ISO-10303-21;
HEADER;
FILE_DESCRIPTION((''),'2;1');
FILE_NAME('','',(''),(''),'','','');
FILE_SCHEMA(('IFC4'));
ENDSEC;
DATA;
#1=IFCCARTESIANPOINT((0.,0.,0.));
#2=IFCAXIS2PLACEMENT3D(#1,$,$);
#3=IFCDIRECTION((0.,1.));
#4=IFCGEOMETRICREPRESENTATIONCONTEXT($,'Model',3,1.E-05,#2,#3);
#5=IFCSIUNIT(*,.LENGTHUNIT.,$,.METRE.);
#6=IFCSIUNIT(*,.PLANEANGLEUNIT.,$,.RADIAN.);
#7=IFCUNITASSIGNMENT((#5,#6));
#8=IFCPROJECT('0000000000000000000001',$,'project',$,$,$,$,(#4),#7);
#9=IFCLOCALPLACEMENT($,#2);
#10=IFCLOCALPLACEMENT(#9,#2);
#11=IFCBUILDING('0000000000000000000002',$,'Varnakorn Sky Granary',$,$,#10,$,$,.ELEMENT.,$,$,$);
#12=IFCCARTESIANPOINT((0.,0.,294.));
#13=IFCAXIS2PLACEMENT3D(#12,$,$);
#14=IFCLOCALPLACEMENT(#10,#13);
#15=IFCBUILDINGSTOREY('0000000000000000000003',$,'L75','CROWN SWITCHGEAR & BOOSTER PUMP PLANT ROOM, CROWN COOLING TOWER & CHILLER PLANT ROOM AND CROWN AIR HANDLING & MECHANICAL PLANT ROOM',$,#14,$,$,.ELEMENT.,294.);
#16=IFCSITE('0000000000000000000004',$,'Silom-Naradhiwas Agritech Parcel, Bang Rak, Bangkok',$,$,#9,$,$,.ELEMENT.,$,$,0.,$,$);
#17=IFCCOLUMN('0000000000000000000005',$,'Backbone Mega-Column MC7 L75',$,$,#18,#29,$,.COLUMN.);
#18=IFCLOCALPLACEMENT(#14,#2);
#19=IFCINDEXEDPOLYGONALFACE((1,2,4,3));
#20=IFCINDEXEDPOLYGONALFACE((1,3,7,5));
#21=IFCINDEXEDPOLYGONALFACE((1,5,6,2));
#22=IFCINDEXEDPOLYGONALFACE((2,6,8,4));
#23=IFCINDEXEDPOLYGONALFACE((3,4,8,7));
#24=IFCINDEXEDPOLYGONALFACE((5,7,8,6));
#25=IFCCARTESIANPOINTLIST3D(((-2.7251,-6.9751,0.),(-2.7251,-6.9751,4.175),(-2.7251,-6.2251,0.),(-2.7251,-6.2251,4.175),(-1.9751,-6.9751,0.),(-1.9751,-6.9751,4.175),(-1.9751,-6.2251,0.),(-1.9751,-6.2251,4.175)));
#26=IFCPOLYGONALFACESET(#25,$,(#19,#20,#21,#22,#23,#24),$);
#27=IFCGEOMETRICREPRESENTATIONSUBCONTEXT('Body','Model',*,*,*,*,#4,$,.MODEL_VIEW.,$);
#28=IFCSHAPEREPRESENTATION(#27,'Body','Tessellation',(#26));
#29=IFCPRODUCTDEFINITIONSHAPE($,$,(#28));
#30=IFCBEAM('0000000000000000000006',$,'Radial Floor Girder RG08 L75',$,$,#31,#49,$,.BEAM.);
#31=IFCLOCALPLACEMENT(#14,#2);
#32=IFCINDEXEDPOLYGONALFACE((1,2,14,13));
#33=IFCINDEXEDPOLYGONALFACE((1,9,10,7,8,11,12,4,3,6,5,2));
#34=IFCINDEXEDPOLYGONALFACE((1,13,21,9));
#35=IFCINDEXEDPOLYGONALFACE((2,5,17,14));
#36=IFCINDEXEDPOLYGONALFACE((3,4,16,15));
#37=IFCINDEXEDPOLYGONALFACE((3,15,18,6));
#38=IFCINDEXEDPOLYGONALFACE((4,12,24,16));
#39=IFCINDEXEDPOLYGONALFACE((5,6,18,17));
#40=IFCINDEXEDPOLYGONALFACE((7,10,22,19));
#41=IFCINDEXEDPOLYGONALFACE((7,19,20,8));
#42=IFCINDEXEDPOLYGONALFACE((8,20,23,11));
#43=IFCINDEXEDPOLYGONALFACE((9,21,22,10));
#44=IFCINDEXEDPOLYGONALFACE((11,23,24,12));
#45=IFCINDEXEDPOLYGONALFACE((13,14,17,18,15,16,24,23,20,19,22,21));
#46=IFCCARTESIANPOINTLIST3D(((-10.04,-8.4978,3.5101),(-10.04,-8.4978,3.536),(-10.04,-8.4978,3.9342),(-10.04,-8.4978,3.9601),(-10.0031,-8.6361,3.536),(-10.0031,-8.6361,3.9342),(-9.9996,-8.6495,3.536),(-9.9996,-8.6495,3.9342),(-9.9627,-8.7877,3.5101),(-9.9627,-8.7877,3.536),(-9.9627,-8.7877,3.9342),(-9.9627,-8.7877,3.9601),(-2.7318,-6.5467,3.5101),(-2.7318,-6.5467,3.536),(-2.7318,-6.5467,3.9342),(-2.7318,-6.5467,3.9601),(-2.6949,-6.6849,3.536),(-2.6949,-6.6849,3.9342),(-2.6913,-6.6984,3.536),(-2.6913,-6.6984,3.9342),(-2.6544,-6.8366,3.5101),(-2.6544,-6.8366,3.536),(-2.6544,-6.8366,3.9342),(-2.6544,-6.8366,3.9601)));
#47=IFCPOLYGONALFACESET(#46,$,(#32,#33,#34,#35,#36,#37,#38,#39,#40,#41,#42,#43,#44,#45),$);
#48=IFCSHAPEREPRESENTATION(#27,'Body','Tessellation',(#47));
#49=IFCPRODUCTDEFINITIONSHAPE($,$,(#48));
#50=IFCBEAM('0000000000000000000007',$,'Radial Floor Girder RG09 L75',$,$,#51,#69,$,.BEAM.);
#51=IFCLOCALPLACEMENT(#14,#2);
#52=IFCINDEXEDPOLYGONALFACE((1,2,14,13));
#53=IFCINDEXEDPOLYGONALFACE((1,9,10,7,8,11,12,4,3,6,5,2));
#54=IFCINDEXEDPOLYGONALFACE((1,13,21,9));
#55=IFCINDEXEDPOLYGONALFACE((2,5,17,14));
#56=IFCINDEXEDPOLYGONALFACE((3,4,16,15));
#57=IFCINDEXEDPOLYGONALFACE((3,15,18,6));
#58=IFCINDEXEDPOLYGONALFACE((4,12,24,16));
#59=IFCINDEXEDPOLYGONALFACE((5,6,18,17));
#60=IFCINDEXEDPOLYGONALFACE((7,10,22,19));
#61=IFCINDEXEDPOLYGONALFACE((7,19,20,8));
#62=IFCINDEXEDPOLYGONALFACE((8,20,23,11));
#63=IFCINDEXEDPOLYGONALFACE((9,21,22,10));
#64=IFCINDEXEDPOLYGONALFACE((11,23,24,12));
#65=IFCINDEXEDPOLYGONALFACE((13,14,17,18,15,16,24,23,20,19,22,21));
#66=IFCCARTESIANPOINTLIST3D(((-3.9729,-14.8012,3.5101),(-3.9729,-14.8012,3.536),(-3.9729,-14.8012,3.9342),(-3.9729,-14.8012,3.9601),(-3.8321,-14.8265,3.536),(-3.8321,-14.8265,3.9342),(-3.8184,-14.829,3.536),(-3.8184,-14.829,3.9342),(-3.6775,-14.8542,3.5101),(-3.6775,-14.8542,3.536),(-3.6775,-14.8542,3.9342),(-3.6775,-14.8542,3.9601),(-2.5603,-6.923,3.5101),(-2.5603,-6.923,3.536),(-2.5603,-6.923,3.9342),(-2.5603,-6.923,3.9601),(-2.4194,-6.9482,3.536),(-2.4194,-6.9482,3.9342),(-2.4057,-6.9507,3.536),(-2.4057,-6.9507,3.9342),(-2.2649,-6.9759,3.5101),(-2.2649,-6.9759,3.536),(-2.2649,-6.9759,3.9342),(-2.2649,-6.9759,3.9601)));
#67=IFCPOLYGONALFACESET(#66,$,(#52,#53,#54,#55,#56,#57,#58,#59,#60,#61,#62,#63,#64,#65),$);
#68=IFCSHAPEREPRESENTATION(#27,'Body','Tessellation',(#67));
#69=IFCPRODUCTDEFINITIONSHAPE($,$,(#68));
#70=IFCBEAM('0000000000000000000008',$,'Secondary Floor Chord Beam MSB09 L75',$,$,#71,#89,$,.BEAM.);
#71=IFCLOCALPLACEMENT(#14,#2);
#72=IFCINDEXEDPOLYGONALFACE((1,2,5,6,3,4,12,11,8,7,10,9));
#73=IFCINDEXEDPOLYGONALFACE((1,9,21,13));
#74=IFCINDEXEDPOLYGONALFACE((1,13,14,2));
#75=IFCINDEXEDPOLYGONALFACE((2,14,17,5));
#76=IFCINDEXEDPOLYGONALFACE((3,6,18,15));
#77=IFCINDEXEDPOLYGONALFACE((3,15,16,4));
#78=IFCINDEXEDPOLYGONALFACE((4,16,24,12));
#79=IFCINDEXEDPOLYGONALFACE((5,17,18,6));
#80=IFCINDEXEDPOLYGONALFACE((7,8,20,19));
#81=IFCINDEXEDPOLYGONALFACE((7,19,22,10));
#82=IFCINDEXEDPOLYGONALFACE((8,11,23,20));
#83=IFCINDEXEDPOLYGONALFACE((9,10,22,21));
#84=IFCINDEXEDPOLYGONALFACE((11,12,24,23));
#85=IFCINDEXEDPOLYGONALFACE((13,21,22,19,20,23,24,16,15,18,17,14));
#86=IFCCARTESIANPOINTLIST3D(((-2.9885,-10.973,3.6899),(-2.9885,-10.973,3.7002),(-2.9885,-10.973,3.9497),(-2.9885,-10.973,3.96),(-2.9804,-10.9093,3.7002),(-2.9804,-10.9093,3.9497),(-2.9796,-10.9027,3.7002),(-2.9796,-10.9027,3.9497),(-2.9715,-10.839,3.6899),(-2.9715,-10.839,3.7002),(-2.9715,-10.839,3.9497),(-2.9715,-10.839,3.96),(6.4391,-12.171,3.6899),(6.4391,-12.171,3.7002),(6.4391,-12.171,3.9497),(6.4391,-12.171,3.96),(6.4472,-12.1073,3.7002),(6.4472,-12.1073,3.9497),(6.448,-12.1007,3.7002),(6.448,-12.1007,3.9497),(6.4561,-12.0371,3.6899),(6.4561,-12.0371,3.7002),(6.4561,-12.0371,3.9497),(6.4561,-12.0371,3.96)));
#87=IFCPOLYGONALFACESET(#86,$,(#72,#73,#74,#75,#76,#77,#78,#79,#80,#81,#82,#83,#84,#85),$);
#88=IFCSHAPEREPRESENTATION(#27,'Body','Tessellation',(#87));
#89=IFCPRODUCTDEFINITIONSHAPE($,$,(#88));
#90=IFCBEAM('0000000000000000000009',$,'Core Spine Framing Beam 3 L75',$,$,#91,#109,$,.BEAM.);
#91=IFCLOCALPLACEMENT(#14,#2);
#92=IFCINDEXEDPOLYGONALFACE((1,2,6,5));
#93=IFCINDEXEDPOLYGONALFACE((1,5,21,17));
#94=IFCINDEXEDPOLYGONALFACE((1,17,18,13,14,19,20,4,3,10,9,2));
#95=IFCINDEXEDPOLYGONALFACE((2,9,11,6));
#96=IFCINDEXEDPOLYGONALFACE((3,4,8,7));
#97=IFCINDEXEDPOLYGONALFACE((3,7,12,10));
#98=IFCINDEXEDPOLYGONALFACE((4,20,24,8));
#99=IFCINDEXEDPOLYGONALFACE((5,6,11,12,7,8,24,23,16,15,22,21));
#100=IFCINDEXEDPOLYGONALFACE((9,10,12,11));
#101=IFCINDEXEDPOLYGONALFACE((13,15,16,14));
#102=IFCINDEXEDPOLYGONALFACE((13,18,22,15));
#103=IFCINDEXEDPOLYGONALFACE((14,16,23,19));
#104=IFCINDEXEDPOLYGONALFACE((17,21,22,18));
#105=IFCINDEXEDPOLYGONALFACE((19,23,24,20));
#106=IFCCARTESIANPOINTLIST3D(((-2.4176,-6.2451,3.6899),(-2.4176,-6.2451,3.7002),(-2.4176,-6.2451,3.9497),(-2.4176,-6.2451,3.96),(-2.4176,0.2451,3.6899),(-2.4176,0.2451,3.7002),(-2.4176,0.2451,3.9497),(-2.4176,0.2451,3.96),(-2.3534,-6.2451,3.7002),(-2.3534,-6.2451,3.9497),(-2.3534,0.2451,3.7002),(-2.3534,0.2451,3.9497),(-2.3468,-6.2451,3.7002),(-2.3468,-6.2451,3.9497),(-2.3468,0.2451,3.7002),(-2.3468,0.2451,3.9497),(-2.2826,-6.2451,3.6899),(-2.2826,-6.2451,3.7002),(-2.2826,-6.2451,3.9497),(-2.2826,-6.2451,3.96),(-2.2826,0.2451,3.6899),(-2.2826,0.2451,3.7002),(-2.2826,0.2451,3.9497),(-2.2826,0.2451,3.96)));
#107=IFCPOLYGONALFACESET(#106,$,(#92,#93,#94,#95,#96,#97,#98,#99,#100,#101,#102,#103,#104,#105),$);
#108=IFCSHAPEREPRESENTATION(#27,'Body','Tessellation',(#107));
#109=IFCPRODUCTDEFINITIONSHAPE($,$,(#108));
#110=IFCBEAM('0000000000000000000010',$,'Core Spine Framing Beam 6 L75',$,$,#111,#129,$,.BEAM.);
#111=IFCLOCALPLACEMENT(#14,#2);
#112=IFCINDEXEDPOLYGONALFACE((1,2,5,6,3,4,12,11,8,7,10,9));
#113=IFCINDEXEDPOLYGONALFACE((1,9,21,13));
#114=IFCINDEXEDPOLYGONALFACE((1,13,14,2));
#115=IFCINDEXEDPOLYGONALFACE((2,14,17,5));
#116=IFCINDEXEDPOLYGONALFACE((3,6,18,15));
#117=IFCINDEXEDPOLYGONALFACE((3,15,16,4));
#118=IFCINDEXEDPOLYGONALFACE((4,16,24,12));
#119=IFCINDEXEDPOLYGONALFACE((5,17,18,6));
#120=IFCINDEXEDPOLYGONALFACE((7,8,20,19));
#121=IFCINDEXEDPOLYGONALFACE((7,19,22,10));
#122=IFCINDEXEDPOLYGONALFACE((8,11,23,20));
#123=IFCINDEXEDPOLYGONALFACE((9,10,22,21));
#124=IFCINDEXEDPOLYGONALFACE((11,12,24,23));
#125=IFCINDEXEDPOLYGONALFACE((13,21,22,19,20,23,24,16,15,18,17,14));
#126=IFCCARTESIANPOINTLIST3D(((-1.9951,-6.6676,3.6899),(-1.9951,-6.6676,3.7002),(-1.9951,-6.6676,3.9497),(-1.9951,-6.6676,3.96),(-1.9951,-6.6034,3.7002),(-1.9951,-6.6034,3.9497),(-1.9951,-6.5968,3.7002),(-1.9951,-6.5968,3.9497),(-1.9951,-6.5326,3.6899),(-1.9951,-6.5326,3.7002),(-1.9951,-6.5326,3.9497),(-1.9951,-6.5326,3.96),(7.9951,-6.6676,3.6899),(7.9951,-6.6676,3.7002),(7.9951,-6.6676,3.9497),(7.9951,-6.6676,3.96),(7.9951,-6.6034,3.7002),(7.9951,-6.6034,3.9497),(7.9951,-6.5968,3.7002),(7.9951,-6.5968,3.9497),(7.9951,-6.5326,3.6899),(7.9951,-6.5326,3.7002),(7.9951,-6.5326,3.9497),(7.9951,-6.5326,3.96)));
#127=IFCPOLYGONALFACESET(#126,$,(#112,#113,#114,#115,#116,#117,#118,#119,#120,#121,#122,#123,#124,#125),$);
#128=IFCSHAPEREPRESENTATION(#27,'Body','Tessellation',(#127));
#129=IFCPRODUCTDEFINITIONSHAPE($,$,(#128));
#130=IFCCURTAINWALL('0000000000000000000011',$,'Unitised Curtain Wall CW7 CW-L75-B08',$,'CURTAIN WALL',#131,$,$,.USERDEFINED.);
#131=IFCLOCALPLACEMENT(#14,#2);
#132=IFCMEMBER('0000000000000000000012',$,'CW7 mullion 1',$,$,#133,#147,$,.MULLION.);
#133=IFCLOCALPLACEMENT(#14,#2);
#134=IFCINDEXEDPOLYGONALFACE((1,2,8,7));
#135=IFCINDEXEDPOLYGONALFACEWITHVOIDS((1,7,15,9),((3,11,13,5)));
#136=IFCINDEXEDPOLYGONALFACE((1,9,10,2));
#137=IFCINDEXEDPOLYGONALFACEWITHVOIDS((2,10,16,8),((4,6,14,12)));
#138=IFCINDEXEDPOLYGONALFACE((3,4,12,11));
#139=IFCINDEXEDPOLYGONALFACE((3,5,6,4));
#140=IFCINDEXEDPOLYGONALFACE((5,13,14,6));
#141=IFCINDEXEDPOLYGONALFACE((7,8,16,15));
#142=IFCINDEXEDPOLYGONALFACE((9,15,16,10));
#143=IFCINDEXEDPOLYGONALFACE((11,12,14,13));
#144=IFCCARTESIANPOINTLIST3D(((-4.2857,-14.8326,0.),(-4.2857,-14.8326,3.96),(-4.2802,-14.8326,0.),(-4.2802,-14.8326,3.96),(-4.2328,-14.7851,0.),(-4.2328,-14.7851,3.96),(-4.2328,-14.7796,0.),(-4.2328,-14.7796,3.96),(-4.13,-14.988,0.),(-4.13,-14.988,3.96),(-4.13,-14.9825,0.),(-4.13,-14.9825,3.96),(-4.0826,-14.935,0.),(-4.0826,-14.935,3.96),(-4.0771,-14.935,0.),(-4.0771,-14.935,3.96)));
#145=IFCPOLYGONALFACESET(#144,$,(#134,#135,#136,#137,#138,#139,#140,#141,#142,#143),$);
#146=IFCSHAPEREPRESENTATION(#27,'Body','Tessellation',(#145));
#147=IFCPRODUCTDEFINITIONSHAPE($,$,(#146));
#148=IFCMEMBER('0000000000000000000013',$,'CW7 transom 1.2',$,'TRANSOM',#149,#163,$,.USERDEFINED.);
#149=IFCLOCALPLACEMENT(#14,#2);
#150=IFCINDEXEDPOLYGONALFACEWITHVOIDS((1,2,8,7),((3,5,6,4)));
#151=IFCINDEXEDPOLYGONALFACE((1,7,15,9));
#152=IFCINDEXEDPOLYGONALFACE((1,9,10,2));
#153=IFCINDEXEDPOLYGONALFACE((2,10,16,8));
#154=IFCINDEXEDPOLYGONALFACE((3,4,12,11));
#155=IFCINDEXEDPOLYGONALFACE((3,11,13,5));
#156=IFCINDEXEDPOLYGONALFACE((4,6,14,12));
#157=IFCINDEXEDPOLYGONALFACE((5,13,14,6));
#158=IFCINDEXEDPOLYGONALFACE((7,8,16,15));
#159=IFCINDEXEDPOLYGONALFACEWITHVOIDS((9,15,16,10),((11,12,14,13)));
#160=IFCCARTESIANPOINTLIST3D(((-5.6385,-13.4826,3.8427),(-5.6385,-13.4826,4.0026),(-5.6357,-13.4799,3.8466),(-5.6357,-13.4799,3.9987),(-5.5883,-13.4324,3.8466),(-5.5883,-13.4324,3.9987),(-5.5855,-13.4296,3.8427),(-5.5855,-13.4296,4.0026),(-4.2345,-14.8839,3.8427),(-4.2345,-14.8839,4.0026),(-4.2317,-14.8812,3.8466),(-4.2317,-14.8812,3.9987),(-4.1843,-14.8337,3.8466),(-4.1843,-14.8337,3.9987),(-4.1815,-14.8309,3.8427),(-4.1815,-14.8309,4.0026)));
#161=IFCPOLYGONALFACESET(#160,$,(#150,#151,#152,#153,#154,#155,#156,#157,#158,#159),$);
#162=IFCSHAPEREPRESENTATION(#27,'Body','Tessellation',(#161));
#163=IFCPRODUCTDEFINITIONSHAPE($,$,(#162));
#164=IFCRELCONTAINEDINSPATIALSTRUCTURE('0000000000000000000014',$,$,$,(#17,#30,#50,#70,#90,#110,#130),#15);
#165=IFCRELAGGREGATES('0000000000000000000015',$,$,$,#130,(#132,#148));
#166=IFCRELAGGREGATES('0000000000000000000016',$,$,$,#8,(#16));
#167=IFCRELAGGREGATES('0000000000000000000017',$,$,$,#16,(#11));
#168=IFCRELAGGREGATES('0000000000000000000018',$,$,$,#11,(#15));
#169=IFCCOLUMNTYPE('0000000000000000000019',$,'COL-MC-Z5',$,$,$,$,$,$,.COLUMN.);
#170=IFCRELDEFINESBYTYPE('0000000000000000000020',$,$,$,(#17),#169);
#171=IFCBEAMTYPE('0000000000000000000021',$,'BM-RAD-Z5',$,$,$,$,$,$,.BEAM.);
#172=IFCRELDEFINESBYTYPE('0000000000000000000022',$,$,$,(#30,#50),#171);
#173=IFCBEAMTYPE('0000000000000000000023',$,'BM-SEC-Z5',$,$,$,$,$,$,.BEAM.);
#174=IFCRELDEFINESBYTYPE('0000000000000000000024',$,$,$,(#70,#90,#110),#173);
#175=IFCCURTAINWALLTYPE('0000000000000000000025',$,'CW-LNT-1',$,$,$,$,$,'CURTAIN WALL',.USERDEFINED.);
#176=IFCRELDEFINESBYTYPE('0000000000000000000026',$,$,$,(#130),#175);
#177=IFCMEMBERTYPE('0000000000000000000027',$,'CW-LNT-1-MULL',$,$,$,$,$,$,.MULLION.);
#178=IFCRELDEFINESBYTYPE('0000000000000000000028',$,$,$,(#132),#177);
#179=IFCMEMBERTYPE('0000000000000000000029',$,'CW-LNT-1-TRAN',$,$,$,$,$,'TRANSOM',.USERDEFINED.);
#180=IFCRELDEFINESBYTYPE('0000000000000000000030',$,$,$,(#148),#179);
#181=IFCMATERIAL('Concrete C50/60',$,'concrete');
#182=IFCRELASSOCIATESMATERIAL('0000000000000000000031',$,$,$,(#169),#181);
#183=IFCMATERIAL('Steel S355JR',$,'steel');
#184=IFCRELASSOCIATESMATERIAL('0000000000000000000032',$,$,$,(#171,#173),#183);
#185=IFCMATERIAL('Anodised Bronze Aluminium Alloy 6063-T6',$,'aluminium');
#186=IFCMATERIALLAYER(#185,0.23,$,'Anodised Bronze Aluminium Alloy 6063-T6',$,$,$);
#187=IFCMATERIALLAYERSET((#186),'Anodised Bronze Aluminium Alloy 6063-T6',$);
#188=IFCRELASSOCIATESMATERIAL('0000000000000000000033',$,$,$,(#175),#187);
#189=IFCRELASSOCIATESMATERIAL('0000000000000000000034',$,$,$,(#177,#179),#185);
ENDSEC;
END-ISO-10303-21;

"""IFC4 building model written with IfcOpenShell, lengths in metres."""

from ifc_helpers import new_model, si_unit, direction, frame, origin, origin_2d, place, context, subcontext, project, spatial, rectangle, hollow_rectangle, i_section, extrude, material, layer, layer_set, material_profile, profile_set, type_object, element, aggregate, save


model = new_model("IFC4")

# Units and contexts
model_context = context("Model", 3, precision=1e-05, world=origin(), true_north=direction((0.0, 1.0)))
body_context = subcontext(model_context, "Body", "Model", "MODEL_VIEW")
ifc_project = project(units=[si_unit("LENGTHUNIT", "METRE"), si_unit("PLANEANGLEUNIT", "RADIAN")], contexts=[model_context])

# Site, building, storey
site_placement = place(None, origin())
site = spatial("IfcSite", under=ifc_project, at=site_placement, Name="Silom-Naradhiwas Agritech Parcel, Bang Rak, Bangkok", CompositionType="ELEMENT", RefElevation=0.0)
building_placement = place(site_placement, origin())
building = spatial("IfcBuilding", under=site, at=building_placement, Name="Varnakorn Sky Granary", CompositionType="ELEMENT")
storey_placement = place(building_placement, frame((0.0, 0.0, 294.0)))
storey = spatial("IfcBuildingStorey", under=building, at=storey_placement, Name="L75", Description="CROWN SWITCHGEAR & BOOSTER PUMP PLANT ROOM, CROWN COOLING TOWER & CHILLER PLANT ROOM AND CROWN AIR HANDLING & MECHANICAL PLANT ROOM", CompositionType="ELEMENT", Elevation=294.0)

# Column
ifc_material_1 = material(Name="Concrete C50/60", Category="concrete")
ifc_material_profile_1 = material_profile(ifc_material_1, rectangle(XDim=0.75, YDim=0.75, at=origin_2d()), Name="RC 750x750")
ifc_profile_set_1 = profile_set([ifc_material_profile_1], Name="Concrete C50/60")
column_type = type_object("IfcColumnType", Name="COL-MC-Z5", PredefinedType="COLUMN", material=ifc_profile_set_1)
column_placement = place(storey_placement, frame((-2.3501, -6.6001, 0.0), z_axis=(0.0, 0.0, 1.0), x_axis=(1.0, 0.0, 0.0)))
element("IfcColumn", 1, at=column_placement, inside=storey, type_object=column_type, Name="Backbone Mega-Column MC7 L75", PredefinedType="COLUMN", context=body_context, shape_type="SweptSolid", body=[
    extrude(rectangle(XDim=0.75, YDim=0.75, at=origin_2d()), origin(), (0.0, 0.0, 1.0), 4.175),
])

# Beams
ifc_material_2 = material(Name="Steel S355JR", Category="steel")
ifc_material_profile_2 = material_profile(ifc_material_2, i_section(OverallWidth=0.3, OverallDepth=0.45, WebThickness=0.0139, FlangeThickness=0.0259, at=origin_2d()), Name="HE 450 B")
ifc_profile_set_2 = profile_set([ifc_material_profile_2], Name="Steel S355JR")
beam_type_1 = type_object("IfcBeamType", Name="BM-RAD-Z5", PredefinedType="BEAM", material=ifc_profile_set_2)
beam_1_placement = place(storey_placement, frame((-2.6931, -6.6917, 3.7351), z_axis=(-0.96616, -0.257944, 0.0), x_axis=(0.257944, -0.96616, 0.0)))
element("IfcBeam", 2, at=beam_1_placement, inside=storey, type_object=beam_type_1, Name="Radial Floor Girder RG08 L75", PredefinedType="BEAM", context=body_context, shape_type="SweptSolid", body=[
    extrude(i_section(OverallWidth=0.3, OverallDepth=0.45, WebThickness=0.0139, FlangeThickness=0.0259, at=origin_2d()), origin(), (0.0, 0.0, 1.0), 7.5642),
])
beam_2_placement = place(storey_placement, frame((-2.4126, -6.9495, 3.7351), z_axis=(-0.176491, -0.984302, 0.0), x_axis=(0.984302, -0.176491, 0.0)))
element("IfcBeam", 3, at=beam_2_placement, inside=storey, type_object=beam_type_1, Name="Radial Floor Girder RG09 L75", PredefinedType="BEAM", context=body_context, shape_type="SweptSolid", body=[
    extrude(i_section(OverallWidth=0.3, OverallDepth=0.45, WebThickness=0.0139, FlangeThickness=0.0259, at=origin_2d()), origin(), (0.0, 0.0, 1.0), 8.0039),
])
ifc_material_profile_3 = material_profile(ifc_material_2, i_section(OverallWidth=0.135, OverallDepth=0.27, WebThickness=0.0066, FlangeThickness=0.0103, at=origin_2d()), Name="IPE 270")
ifc_profile_set_3 = profile_set([ifc_material_profile_3], Name="Steel S355JR")
beam_type_2 = type_object("IfcBeamType", Name="BM-SEC-Z5", PredefinedType="BEAM", material=ifc_profile_set_3)
beam_3_placement = place(storey_placement, frame((-2.98, -10.906, 3.825), z_axis=(0.992022, -0.126061, 0.0), x_axis=(0.126061, 0.992022, 0.0)))
element("IfcBeam", 4, at=beam_3_placement, inside=storey, type_object=beam_type_2, Name="Secondary Floor Chord Beam MSB09 L75", PredefinedType="BEAM", context=body_context, shape_type="SweptSolid", body=[
    extrude(i_section(OverallWidth=0.135, OverallDepth=0.27, WebThickness=0.0066, FlangeThickness=0.0103, at=origin_2d()), origin(), (0.0, 0.0, 1.0), 9.5034),
])
beam_4_placement = place(storey_placement, frame((-2.3501, 0.2451, 3.825), z_axis=(0.0, -1.0, 0.0), x_axis=(1.0, 0.0, 0.0)))
element("IfcBeam", 5, at=beam_4_placement, inside=storey, type_object=beam_type_2, Name="Core Spine Framing Beam 3 L75", PredefinedType="BEAM", context=body_context, shape_type="SweptSolid", body=[
    extrude(i_section(OverallWidth=0.135, OverallDepth=0.27, WebThickness=0.0066, FlangeThickness=0.0103, at=origin_2d()), origin(), (0.0, 0.0, 1.0), 6.4902),
])
beam_5_placement = place(storey_placement, frame((-1.9951, -6.6001, 3.825), z_axis=(1.0, 0.0, 0.0), x_axis=(0.0, 1.0, 0.0)))
element("IfcBeam", 6, at=beam_5_placement, inside=storey, type_object=beam_type_2, Name="Core Spine Framing Beam 6 L75", PredefinedType="BEAM", context=body_context, shape_type="SweptSolid", body=[
    extrude(i_section(OverallWidth=0.135, OverallDepth=0.27, WebThickness=0.0066, FlangeThickness=0.0103, at=origin_2d()), origin(), (0.0, 0.0, 1.0), 9.9902),
])

# Curtain wall, members
ifc_material_3 = material(Name="Anodised Bronze Aluminium Alloy 6063-T6", Category="aluminium")
ifc_layer_1 = layer(ifc_material_3, 0.23, Name="Anodised Bronze Aluminium Alloy 6063-T6")
ifc_layer_set_1 = layer_set([ifc_layer_1], Name="Anodised Bronze Aluminium Alloy 6063-T6")
curtain_wall_type = type_object("IfcCurtainWallType", Name="CW-LNT-1", ElementType="CURTAIN WALL", PredefinedType="USERDEFINED", material=ifc_layer_set_1)
curtain_wall_placement = place(storey_placement, origin())
curtain_wall = element("IfcCurtainWall", 7, at=curtain_wall_placement, inside=storey, type_object=curtain_wall_type, Name="Unitised Curtain Wall CW7 CW-L75-B08", ObjectType="CURTAIN WALL", PredefinedType="USERDEFINED")
ifc_material_profile_4 = material_profile(ifc_material_3, hollow_rectangle(XDim=0.075, YDim=0.22, WallThickness=0.0039, at=origin_2d()), Name="ALU MULL 75x220")
ifc_profile_set_4 = profile_set([ifc_material_profile_4], Name="Anodised Bronze Aluminium Alloy 6063-T6")
member_type_1 = type_object("IfcMemberType", Name="CW-LNT-1-MULL", PredefinedType="MULLION", material=ifc_profile_set_4)
member_1_placement = place(storey_placement, frame((-4.1814, -14.8838, 0.0), z_axis=(0.0, 0.0, 1.0), x_axis=(-0.706397, -0.707816, 0.0)))
member_1 = element("IfcMember", 8, at=member_1_placement, type_object=member_type_1, Name="CW7 mullion 1", PredefinedType="MULLION", context=body_context, shape_type="SweptSolid", body=[
    extrude(hollow_rectangle(XDim=0.075, YDim=0.22, WallThickness=0.0039, at=origin_2d()), origin(), (0.0, 0.0, 1.0), 3.96),
])
ifc_material_profile_5 = material_profile(ifc_material_3, hollow_rectangle(XDim=0.075, YDim=0.1599, WallThickness=0.0039, at=origin_2d()), Name="ALU TRAN 75x160")
ifc_profile_set_5 = profile_set([ifc_material_profile_5], Name="Anodised Bronze Aluminium Alloy 6063-T6")
member_type_2 = type_object("IfcMemberType", Name="CW-LNT-1-TRAN", ElementType="TRANSOM", PredefinedType="USERDEFINED", material=ifc_profile_set_5)
member_2_placement = place(storey_placement, frame((-4.208, -14.8574, 3.9226), z_axis=(-0.707783, 0.70643, 0.0), x_axis=(-0.70643, -0.707783, 0.0)))
member_2 = element("IfcMember", 9, at=member_2_placement, type_object=member_type_2, Name="CW7 transom 1.2", ObjectType="TRANSOM", PredefinedType="USERDEFINED", context=body_context, shape_type="SweptSolid", body=[
    extrude(hollow_rectangle(XDim=0.075, YDim=0.1599, WallThickness=0.0039, at=origin_2d()), origin(), (0.0, 0.0, 1.0), 1.9836),
])
aggregate(curtain_wall, [member_1, member_2])

save(model, "model.ifc")
